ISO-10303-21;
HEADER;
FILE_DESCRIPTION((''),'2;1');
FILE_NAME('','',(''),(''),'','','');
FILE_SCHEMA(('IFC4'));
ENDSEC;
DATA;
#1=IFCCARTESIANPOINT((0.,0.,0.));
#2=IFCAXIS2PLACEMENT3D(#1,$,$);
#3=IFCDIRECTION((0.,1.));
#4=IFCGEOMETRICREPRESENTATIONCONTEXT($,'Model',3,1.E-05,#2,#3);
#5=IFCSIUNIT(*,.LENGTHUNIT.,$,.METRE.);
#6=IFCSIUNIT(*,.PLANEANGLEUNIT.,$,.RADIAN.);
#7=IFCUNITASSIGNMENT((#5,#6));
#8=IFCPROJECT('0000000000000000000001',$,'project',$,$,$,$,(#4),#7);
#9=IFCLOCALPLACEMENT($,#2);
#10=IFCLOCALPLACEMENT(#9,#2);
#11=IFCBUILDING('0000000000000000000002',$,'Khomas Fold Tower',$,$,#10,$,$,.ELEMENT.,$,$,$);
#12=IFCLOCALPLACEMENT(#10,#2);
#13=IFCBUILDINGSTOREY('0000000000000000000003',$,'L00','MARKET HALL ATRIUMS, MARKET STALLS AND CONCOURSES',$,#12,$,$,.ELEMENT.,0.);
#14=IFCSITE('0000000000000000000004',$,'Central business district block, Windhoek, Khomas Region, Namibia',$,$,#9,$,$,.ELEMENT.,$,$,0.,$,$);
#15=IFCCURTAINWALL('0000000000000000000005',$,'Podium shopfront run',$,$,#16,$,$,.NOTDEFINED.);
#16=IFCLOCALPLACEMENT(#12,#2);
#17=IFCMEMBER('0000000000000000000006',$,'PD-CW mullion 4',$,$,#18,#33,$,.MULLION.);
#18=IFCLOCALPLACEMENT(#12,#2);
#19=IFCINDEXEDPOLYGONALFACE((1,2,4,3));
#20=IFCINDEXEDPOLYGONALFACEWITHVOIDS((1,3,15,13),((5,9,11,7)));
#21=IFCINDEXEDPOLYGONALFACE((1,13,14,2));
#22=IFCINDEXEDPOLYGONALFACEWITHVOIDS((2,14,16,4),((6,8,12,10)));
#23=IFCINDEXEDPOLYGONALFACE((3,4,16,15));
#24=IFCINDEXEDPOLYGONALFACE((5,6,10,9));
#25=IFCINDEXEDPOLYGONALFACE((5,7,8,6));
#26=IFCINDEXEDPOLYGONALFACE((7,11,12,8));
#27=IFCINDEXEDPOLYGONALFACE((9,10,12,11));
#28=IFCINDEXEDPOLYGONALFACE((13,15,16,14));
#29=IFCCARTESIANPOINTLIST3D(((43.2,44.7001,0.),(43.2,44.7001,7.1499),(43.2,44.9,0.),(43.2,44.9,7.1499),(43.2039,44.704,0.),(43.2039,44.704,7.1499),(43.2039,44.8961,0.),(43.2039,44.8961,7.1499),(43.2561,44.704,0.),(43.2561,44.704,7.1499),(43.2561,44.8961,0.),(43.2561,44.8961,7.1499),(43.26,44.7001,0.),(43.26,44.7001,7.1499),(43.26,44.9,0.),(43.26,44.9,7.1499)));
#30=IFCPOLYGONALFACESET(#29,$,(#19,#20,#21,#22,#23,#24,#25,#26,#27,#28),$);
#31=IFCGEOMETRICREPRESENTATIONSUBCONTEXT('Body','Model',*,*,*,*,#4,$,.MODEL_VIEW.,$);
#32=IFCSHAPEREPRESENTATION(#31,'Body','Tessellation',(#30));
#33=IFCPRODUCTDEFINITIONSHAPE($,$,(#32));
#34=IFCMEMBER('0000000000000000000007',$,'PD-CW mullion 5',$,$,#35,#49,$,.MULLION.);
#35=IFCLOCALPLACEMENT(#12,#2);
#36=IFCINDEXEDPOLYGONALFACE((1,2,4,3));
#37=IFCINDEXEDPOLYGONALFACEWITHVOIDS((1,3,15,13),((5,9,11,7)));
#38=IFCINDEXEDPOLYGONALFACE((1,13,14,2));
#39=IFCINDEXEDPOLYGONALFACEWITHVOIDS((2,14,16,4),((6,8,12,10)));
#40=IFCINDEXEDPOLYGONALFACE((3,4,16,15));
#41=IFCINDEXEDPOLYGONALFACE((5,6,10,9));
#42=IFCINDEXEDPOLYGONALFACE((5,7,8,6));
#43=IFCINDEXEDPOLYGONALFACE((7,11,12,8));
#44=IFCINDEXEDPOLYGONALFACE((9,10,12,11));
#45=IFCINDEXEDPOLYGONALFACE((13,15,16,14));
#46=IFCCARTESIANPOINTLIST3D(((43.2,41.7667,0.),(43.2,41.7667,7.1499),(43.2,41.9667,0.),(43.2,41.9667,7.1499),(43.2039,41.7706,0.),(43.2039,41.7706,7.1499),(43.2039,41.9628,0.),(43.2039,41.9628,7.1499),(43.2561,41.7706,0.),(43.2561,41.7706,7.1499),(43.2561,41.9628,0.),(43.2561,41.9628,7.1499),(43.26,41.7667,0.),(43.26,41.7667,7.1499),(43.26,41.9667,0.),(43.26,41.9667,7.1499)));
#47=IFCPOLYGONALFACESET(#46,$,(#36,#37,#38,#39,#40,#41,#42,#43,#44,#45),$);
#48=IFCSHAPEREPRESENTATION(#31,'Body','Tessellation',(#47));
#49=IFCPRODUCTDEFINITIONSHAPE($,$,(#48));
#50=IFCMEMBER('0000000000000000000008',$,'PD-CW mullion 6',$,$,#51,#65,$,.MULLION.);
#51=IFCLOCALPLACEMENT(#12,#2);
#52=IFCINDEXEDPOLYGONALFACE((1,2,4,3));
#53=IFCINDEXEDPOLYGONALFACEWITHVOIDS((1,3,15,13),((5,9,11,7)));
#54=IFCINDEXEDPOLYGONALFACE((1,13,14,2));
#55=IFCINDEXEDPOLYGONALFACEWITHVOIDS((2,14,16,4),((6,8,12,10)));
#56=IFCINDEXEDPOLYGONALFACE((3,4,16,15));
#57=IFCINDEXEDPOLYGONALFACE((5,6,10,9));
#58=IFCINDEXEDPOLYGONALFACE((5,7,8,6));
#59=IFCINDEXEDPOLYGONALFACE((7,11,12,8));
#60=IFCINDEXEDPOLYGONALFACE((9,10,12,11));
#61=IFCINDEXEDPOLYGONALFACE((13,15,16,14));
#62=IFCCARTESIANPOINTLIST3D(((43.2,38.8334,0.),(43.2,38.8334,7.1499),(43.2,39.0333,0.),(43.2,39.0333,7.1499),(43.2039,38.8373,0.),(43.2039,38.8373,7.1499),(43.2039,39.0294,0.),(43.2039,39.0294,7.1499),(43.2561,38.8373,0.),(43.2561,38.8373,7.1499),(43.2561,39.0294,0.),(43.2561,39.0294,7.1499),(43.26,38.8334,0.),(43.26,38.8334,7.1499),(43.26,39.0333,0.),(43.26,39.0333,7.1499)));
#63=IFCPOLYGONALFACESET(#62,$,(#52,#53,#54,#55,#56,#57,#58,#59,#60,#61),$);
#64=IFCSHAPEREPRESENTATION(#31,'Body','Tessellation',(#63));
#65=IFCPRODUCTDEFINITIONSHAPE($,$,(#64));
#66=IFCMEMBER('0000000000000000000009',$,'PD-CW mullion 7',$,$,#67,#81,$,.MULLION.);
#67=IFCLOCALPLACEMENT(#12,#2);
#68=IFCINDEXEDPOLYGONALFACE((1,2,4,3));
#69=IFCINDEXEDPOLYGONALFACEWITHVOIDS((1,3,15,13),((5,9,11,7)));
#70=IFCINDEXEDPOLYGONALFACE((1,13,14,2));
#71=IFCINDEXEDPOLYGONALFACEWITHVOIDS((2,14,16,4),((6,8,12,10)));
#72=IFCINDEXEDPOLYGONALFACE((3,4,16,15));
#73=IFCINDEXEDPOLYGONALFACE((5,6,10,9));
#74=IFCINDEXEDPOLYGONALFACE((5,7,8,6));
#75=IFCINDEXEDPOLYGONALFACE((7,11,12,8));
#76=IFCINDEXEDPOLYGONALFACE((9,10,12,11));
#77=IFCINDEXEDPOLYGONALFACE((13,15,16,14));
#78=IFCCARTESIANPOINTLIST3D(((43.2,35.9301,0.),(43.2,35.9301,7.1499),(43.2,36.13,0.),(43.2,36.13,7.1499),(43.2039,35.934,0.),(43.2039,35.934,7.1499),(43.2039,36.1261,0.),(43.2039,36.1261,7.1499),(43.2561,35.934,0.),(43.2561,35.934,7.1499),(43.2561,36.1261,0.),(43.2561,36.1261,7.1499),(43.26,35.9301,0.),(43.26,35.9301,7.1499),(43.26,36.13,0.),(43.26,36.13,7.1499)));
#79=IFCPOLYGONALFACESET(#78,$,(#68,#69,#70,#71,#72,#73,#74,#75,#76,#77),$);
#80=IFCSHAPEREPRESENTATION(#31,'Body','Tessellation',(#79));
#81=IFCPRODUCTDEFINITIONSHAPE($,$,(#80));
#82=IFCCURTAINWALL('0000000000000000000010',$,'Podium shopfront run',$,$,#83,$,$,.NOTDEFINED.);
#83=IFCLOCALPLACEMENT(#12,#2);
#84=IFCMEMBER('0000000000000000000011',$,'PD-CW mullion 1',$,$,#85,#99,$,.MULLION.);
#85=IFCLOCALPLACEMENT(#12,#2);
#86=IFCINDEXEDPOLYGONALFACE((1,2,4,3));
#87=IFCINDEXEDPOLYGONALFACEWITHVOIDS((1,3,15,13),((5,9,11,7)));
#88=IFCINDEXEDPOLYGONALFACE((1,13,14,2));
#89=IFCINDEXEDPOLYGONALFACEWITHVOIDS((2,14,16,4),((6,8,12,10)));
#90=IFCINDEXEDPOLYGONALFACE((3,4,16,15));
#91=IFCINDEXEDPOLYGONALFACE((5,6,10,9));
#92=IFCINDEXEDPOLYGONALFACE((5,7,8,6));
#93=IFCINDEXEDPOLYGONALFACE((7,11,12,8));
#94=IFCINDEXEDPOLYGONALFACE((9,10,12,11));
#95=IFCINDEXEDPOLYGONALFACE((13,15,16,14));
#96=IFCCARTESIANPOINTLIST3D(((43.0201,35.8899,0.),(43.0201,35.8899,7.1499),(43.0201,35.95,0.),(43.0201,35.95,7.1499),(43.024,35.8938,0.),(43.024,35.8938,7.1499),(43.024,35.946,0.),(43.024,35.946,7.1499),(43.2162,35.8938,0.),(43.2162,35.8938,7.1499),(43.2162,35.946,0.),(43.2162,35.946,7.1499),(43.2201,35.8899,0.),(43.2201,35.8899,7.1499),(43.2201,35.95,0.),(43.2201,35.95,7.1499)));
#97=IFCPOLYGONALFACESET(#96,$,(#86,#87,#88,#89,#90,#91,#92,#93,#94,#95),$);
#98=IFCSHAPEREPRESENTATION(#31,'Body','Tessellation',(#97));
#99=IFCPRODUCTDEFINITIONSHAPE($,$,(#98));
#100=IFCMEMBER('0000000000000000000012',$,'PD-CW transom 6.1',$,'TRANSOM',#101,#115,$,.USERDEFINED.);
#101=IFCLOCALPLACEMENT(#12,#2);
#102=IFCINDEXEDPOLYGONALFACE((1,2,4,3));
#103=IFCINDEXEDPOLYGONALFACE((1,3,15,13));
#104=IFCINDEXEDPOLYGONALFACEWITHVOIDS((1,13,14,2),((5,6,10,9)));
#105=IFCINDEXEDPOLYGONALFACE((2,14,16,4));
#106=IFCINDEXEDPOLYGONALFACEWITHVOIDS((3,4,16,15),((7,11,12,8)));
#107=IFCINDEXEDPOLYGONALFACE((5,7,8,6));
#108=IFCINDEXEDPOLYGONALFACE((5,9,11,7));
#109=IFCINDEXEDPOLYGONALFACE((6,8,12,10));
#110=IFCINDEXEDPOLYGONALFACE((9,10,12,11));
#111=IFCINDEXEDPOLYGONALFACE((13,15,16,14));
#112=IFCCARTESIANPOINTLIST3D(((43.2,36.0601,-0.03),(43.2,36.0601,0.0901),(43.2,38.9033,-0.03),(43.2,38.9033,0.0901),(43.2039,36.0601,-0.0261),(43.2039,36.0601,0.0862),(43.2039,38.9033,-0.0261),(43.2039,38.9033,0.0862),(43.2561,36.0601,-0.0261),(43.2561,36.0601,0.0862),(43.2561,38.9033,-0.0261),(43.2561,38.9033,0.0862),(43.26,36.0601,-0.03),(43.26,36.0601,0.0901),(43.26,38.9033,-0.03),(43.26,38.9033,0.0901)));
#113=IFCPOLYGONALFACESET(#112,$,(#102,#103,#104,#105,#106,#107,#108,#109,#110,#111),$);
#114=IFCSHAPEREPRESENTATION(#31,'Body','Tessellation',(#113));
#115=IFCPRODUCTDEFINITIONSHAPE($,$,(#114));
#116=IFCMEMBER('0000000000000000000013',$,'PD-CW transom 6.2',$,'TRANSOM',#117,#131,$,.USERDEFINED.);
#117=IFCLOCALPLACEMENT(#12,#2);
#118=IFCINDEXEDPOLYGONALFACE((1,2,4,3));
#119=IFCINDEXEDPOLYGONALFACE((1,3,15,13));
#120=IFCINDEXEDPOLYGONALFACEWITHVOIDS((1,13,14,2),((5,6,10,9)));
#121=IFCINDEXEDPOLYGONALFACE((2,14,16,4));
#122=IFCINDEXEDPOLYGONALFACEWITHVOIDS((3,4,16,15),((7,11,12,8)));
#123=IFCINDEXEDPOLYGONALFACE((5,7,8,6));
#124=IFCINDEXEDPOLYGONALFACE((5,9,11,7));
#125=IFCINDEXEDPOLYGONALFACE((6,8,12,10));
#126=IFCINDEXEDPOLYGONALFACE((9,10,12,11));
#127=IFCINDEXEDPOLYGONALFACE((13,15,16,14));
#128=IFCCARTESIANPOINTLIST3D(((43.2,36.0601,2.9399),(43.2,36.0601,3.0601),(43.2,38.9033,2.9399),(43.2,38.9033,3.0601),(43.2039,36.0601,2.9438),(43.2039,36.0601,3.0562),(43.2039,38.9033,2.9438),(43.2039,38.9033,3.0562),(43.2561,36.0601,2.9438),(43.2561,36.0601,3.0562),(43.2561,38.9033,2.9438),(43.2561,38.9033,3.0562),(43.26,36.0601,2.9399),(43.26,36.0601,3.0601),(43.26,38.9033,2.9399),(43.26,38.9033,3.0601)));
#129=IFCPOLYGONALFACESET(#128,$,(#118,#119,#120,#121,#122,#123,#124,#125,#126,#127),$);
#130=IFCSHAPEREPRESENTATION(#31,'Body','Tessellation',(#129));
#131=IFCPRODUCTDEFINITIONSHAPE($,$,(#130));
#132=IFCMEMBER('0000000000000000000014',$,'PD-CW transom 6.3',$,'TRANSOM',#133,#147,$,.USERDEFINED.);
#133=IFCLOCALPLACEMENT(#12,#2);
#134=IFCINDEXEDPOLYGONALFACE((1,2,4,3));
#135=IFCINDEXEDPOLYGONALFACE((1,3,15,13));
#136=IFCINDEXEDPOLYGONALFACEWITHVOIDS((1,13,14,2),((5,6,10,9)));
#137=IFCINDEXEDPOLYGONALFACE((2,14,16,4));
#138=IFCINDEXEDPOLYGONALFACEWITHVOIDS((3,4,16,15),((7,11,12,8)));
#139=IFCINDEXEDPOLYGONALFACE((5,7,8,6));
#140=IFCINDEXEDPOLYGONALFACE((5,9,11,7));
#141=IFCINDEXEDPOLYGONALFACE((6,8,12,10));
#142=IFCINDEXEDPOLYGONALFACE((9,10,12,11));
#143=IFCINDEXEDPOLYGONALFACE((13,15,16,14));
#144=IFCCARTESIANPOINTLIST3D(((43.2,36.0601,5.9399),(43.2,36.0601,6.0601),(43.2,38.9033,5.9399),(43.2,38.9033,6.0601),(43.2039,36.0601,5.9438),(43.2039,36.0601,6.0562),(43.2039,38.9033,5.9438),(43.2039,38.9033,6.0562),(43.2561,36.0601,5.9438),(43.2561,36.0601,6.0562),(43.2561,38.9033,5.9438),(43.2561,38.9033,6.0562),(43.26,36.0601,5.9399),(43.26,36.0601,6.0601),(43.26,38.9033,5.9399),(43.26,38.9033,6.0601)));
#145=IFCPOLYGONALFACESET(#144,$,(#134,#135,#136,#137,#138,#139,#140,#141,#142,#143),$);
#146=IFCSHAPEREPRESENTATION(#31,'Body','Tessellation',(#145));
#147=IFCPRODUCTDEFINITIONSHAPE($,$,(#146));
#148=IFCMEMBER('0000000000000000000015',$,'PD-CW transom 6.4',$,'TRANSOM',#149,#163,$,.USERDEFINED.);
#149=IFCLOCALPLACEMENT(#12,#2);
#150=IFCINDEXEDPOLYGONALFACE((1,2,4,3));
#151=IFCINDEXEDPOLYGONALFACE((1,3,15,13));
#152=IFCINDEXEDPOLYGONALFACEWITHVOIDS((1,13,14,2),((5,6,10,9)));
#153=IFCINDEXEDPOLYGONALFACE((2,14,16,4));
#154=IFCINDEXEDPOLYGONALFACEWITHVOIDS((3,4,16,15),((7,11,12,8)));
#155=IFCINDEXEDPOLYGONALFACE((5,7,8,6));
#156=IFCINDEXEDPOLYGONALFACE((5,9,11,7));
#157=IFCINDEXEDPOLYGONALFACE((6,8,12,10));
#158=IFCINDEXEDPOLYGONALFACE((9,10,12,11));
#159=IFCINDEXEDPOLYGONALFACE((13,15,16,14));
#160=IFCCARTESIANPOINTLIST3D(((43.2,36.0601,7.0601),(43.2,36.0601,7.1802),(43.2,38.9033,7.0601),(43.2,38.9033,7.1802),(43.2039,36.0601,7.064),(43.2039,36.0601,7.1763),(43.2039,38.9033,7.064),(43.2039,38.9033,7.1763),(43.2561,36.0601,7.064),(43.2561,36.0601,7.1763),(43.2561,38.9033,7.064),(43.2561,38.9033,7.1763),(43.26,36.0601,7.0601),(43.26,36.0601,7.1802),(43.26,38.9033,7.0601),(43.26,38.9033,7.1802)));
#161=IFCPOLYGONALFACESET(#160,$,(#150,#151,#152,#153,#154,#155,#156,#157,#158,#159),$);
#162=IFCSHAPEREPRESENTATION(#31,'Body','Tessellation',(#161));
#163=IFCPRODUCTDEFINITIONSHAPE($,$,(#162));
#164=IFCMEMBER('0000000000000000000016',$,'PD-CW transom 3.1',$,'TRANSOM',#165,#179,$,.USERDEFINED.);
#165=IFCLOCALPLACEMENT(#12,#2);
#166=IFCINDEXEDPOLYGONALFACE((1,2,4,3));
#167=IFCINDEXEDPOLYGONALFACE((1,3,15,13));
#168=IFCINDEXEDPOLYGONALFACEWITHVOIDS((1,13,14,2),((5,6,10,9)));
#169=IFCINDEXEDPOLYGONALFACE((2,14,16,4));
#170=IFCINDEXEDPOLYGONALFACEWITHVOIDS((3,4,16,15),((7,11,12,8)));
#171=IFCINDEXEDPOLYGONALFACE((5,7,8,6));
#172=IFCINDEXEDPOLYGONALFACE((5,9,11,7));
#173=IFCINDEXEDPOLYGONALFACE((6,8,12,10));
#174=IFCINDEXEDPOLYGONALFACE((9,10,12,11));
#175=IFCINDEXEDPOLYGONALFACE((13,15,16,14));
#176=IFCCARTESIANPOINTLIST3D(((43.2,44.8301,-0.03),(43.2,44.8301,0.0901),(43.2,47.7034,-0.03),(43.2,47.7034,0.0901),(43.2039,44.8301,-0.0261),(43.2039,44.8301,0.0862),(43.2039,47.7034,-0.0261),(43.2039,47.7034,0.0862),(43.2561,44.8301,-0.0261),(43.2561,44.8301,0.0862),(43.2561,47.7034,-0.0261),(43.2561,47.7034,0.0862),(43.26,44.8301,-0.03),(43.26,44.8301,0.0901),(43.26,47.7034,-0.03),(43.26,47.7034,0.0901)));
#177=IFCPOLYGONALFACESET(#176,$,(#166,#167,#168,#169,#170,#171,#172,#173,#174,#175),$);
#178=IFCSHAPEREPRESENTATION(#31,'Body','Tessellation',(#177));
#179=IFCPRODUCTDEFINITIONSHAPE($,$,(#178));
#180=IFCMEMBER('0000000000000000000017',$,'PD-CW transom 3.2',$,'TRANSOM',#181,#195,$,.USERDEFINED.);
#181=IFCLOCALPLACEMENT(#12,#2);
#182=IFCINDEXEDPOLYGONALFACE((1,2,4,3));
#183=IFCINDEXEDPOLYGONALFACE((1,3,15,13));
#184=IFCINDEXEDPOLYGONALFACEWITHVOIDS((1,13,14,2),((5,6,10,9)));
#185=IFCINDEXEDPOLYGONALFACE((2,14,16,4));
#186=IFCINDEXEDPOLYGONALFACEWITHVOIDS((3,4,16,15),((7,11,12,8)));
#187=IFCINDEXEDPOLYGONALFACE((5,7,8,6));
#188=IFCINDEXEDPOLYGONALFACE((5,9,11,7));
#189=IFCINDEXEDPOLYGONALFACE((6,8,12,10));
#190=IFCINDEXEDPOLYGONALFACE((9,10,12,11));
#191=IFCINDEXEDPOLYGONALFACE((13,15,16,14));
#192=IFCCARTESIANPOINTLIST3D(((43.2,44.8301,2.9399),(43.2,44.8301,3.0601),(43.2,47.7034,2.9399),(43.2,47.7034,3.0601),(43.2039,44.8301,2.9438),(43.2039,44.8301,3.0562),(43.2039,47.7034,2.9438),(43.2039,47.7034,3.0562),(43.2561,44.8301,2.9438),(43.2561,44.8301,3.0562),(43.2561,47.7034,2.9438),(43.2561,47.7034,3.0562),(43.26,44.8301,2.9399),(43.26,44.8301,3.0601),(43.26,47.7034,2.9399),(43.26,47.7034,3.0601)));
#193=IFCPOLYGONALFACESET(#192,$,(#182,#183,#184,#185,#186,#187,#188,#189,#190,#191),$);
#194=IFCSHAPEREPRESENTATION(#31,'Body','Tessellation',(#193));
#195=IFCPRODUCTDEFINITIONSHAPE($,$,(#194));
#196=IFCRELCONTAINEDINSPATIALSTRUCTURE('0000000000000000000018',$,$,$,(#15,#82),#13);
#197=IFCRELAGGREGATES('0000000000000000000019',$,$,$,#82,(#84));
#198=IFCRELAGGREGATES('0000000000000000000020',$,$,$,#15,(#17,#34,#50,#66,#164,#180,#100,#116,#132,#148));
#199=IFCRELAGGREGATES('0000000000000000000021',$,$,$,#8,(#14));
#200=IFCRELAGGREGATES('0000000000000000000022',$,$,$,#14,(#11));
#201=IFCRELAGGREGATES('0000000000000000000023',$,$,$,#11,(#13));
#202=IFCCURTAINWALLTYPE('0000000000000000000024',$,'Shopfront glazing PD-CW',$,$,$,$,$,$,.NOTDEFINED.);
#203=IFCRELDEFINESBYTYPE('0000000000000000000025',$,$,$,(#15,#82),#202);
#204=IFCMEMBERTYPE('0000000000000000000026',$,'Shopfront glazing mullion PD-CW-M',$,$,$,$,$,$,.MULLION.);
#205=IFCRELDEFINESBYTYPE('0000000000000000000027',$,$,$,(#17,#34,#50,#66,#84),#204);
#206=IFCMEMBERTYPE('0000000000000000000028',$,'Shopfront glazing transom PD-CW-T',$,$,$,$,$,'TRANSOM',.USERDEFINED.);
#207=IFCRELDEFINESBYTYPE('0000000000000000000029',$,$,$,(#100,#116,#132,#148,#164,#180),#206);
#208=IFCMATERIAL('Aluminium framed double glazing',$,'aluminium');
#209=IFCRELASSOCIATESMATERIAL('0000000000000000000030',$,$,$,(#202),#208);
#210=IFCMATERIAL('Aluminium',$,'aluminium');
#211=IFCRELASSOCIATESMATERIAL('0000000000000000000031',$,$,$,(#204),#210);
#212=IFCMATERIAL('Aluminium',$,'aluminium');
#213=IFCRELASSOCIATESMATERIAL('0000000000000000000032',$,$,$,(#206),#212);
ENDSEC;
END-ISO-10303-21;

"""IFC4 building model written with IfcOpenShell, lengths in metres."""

from ifc_helpers import new_model, si_unit, direction, frame, origin, origin_2d, place, context, subcontext, project, spatial, hollow_rectangle, extrude, source, transform, mapped, material, material_profile, profile_set, type_object, element, aggregate, save


model = new_model("IFC4")

# Units and contexts
model_context = context("Model", 3, precision=1e-05, world=origin(), true_north=direction((0.0, 1.0)))
body_context = subcontext(model_context, "Body", "Model", "MODEL_VIEW")
ifc_project = project(units=[si_unit("LENGTHUNIT", "METRE"), si_unit("PLANEANGLEUNIT", "RADIAN")], contexts=[model_context])

# Site, building, storey
site_placement = place(None, origin())
site = spatial("IfcSite", under=ifc_project, at=site_placement, Name="Central business district block, Windhoek, Khomas Region, Namibia", CompositionType="ELEMENT", RefElevation=0.0)
building_placement = place(site_placement, origin())
building = spatial("IfcBuilding", under=site, at=building_placement, Name="Khomas Fold Tower", CompositionType="ELEMENT")
storey_placement = place(building_placement, origin())
storey = spatial("IfcBuildingStorey", under=building, at=storey_placement, Name="L00", Description="MARKET HALL ATRIUMS, MARKET STALLS AND CONCOURSES", CompositionType="ELEMENT", Elevation=0.0)

# Curtain wall, members
ifc_material_1 = material(Name="Aluminium framed double glazing", Category="aluminium")
curtain_wall_type = type_object("IfcCurtainWallType", Name="Shopfront glazing PD-CW", PredefinedType="NOTDEFINED", material=ifc_material_1)
curtain_wall_1_placement = place(storey_placement, origin())
curtain_wall_1 = element("IfcCurtainWall", 1, at=curtain_wall_1_placement, inside=storey, type_object=curtain_wall_type, Name="Podium shopfront run", PredefinedType="NOTDEFINED")
ifc_material_2 = material(Name="Aluminium", Category="aluminium")
ifc_material_profile_1 = material_profile(ifc_material_2, hollow_rectangle(XDim=0.0601, YDim=0.2, WallThickness=0.0039, at=origin_2d()), Name="Shopfront glazing mullion PD-CW-M")
ifc_profile_set_1 = profile_set([ifc_material_profile_1], Name="Aluminium")
member_type_1 = type_object("IfcMemberType", Name="Shopfront glazing mullion PD-CW-M", PredefinedType="MULLION", material=ifc_profile_set_1)
shared_shape_1 = source(origin(), body_context, "Body", "SweptSolid", [
    extrude(hollow_rectangle(XDim=0.0601, YDim=0.2, WallThickness=0.0039, at=origin_2d()), origin(), (0.0, 0.0, 1.0), 7.1499),
])
member_1_placement = place(storey_placement, frame((43.23, 44.8, 0.0), z_axis=(0.0, 0.0, 1.0), x_axis=(1.0, 0.0, 0.0)))
member_1 = element("IfcMember", 2, at=member_1_placement, type_object=member_type_1, Name="PD-CW mullion 4", PredefinedType="MULLION", context=body_context, shape_type="MappedRepresentation", body=[
    mapped(shared_shape_1, transform((0.0, 0.0, 0.0))),
])
member_2_placement = place(storey_placement, frame((43.23, 41.8667, 0.0), z_axis=(0.0, 0.0, 1.0), x_axis=(1.0, 0.0, 0.0)))
member_2 = element("IfcMember", 3, at=member_2_placement, type_object=member_type_1, Name="PD-CW mullion 5", PredefinedType="MULLION", context=body_context, shape_type="MappedRepresentation", body=[
    mapped(shared_shape_1, transform((0.0, 0.0, 0.0))),
])
member_3_placement = place(storey_placement, frame((43.23, 38.9333, 0.0), z_axis=(0.0, 0.0, 1.0), x_axis=(1.0, 0.0, 0.0)))
member_3 = element("IfcMember", 4, at=member_3_placement, type_object=member_type_1, Name="PD-CW mullion 6", PredefinedType="MULLION", context=body_context, shape_type="MappedRepresentation", body=[
    mapped(shared_shape_1, transform((0.0, 0.0, 0.0))),
])
member_4_placement = place(storey_placement, frame((43.23, 36.03, 0.0), z_axis=(0.0, 0.0, 1.0), x_axis=(1.0, 0.0, 0.0)))
member_4 = element("IfcMember", 5, at=member_4_placement, type_object=member_type_1, Name="PD-CW mullion 7", PredefinedType="MULLION", context=body_context, shape_type="MappedRepresentation", body=[
    mapped(shared_shape_1, transform((0.0, 0.0, 0.0))),
])

# Curtain wall, member
curtain_wall_2_placement = place(storey_placement, origin())
curtain_wall_2 = element("IfcCurtainWall", 6, at=curtain_wall_2_placement, inside=storey, type_object=curtain_wall_type, Name="Podium shopfront run", PredefinedType="NOTDEFINED")
member_5_placement = place(storey_placement, frame((43.1201, 35.9199, 0.0), z_axis=(0.0, 0.0, 1.0), x_axis=(0.0, -1.0, 0.0)))
member_5 = element("IfcMember", 7, at=member_5_placement, type_object=member_type_1, Name="PD-CW mullion 1", PredefinedType="MULLION", context=body_context, shape_type="MappedRepresentation", body=[
    mapped(shared_shape_1, transform((0.0, 0.0, 0.0))),
])

# Members
ifc_material_3 = material(Name="Aluminium", Category="aluminium")
ifc_material_profile_2 = material_profile(ifc_material_3, hollow_rectangle(XDim=0.0601, YDim=0.1201, WallThickness=0.0039, at=origin_2d()), Name="Shopfront glazing transom PD-CW-T")
ifc_profile_set_2 = profile_set([ifc_material_profile_2], Name="Aluminium")
member_type_2 = type_object("IfcMemberType", Name="Shopfront glazing transom PD-CW-T", ElementType="TRANSOM", PredefinedType="USERDEFINED", material=ifc_profile_set_2)
shared_shape_2 = source(origin(), body_context, "Body", "SweptSolid", [
    extrude(hollow_rectangle(XDim=0.0601, YDim=0.1201, WallThickness=0.0039, at=origin_2d()), origin(), (0.0, 0.0, 1.0), 2.8433),
])
member_6_placement = place(storey_placement, frame((43.23, 38.9033, 0.03), z_axis=(0.0, -1.0, 0.0), x_axis=(1.0, 0.0, 0.0)))
member_6 = element("IfcMember", 8, at=member_6_placement, type_object=member_type_2, Name="PD-CW transom 6.1", ObjectType="TRANSOM", PredefinedType="USERDEFINED", context=body_context, shape_type="MappedRepresentation", body=[
    mapped(shared_shape_2, transform((0.0, 0.0, 0.0))),
])
member_7_placement = place(storey_placement, frame((43.23, 38.9033, 3.0), z_axis=(0.0, -1.0, 0.0), x_axis=(1.0, 0.0, 0.0)))
member_7 = element("IfcMember", 9, at=member_7_placement, type_object=member_type_2, Name="PD-CW transom 6.2", ObjectType="TRANSOM", PredefinedType="USERDEFINED", context=body_context, shape_type="MappedRepresentation", body=[
    mapped(shared_shape_2, transform((0.0, 0.0, 0.0))),
])
member_8_placement = place(storey_placement, frame((43.23, 38.9033, 6.0), z_axis=(0.0, -1.0, 0.0), x_axis=(1.0, 0.0, 0.0)))
member_8 = element("IfcMember", 10, at=member_8_placement, type_object=member_type_2, Name="PD-CW transom 6.3", ObjectType="TRANSOM", PredefinedType="USERDEFINED", context=body_context, shape_type="MappedRepresentation", body=[
    mapped(shared_shape_2, transform((0.0, 0.0, 0.0))),
])
member_9_placement = place(storey_placement, frame((43.23, 38.9033, 7.1201), z_axis=(0.0, -1.0, 0.0), x_axis=(1.0, 0.0, 0.0)))
member_9 = element("IfcMember", 11, at=member_9_placement, type_object=member_type_2, Name="PD-CW transom 6.4", ObjectType="TRANSOM", PredefinedType="USERDEFINED", context=body_context, shape_type="MappedRepresentation", body=[
    mapped(shared_shape_2, transform((0.0, 0.0, 0.0))),
])
shared_shape_3 = source(origin(), body_context, "Body", "SweptSolid", [
    extrude(hollow_rectangle(XDim=0.0601, YDim=0.1201, WallThickness=0.0039, at=origin_2d()), origin(), (0.0, 0.0, 1.0), 2.8733),
])
member_10_placement = place(storey_placement, frame((43.23, 47.7034, 0.03), z_axis=(0.0, -1.0, 0.0), x_axis=(1.0, 0.0, 0.0)))
member_10 = element("IfcMember", 12, at=member_10_placement, type_object=member_type_2, Name="PD-CW transom 3.1", ObjectType="TRANSOM", PredefinedType="USERDEFINED", context=body_context, shape_type="MappedRepresentation", body=[
    mapped(shared_shape_3, transform((0.0, 0.0, 0.0))),
])
member_11_placement = place(storey_placement, frame((43.23, 47.7034, 3.0), z_axis=(0.0, -1.0, 0.0), x_axis=(1.0, 0.0, 0.0)))
member_11 = element("IfcMember", 13, at=member_11_placement, type_object=member_type_2, Name="PD-CW transom 3.2", ObjectType="TRANSOM", PredefinedType="USERDEFINED", context=body_context, shape_type="MappedRepresentation", body=[
    mapped(shared_shape_3, transform((0.0, 0.0, 0.0))),
])
aggregate(curtain_wall_2, [member_5])

aggregate(curtain_wall_1, [member_1, member_2, member_3, member_4, member_10, member_11, member_6, member_7, member_8, member_9])

save(model, "model.ifc")
